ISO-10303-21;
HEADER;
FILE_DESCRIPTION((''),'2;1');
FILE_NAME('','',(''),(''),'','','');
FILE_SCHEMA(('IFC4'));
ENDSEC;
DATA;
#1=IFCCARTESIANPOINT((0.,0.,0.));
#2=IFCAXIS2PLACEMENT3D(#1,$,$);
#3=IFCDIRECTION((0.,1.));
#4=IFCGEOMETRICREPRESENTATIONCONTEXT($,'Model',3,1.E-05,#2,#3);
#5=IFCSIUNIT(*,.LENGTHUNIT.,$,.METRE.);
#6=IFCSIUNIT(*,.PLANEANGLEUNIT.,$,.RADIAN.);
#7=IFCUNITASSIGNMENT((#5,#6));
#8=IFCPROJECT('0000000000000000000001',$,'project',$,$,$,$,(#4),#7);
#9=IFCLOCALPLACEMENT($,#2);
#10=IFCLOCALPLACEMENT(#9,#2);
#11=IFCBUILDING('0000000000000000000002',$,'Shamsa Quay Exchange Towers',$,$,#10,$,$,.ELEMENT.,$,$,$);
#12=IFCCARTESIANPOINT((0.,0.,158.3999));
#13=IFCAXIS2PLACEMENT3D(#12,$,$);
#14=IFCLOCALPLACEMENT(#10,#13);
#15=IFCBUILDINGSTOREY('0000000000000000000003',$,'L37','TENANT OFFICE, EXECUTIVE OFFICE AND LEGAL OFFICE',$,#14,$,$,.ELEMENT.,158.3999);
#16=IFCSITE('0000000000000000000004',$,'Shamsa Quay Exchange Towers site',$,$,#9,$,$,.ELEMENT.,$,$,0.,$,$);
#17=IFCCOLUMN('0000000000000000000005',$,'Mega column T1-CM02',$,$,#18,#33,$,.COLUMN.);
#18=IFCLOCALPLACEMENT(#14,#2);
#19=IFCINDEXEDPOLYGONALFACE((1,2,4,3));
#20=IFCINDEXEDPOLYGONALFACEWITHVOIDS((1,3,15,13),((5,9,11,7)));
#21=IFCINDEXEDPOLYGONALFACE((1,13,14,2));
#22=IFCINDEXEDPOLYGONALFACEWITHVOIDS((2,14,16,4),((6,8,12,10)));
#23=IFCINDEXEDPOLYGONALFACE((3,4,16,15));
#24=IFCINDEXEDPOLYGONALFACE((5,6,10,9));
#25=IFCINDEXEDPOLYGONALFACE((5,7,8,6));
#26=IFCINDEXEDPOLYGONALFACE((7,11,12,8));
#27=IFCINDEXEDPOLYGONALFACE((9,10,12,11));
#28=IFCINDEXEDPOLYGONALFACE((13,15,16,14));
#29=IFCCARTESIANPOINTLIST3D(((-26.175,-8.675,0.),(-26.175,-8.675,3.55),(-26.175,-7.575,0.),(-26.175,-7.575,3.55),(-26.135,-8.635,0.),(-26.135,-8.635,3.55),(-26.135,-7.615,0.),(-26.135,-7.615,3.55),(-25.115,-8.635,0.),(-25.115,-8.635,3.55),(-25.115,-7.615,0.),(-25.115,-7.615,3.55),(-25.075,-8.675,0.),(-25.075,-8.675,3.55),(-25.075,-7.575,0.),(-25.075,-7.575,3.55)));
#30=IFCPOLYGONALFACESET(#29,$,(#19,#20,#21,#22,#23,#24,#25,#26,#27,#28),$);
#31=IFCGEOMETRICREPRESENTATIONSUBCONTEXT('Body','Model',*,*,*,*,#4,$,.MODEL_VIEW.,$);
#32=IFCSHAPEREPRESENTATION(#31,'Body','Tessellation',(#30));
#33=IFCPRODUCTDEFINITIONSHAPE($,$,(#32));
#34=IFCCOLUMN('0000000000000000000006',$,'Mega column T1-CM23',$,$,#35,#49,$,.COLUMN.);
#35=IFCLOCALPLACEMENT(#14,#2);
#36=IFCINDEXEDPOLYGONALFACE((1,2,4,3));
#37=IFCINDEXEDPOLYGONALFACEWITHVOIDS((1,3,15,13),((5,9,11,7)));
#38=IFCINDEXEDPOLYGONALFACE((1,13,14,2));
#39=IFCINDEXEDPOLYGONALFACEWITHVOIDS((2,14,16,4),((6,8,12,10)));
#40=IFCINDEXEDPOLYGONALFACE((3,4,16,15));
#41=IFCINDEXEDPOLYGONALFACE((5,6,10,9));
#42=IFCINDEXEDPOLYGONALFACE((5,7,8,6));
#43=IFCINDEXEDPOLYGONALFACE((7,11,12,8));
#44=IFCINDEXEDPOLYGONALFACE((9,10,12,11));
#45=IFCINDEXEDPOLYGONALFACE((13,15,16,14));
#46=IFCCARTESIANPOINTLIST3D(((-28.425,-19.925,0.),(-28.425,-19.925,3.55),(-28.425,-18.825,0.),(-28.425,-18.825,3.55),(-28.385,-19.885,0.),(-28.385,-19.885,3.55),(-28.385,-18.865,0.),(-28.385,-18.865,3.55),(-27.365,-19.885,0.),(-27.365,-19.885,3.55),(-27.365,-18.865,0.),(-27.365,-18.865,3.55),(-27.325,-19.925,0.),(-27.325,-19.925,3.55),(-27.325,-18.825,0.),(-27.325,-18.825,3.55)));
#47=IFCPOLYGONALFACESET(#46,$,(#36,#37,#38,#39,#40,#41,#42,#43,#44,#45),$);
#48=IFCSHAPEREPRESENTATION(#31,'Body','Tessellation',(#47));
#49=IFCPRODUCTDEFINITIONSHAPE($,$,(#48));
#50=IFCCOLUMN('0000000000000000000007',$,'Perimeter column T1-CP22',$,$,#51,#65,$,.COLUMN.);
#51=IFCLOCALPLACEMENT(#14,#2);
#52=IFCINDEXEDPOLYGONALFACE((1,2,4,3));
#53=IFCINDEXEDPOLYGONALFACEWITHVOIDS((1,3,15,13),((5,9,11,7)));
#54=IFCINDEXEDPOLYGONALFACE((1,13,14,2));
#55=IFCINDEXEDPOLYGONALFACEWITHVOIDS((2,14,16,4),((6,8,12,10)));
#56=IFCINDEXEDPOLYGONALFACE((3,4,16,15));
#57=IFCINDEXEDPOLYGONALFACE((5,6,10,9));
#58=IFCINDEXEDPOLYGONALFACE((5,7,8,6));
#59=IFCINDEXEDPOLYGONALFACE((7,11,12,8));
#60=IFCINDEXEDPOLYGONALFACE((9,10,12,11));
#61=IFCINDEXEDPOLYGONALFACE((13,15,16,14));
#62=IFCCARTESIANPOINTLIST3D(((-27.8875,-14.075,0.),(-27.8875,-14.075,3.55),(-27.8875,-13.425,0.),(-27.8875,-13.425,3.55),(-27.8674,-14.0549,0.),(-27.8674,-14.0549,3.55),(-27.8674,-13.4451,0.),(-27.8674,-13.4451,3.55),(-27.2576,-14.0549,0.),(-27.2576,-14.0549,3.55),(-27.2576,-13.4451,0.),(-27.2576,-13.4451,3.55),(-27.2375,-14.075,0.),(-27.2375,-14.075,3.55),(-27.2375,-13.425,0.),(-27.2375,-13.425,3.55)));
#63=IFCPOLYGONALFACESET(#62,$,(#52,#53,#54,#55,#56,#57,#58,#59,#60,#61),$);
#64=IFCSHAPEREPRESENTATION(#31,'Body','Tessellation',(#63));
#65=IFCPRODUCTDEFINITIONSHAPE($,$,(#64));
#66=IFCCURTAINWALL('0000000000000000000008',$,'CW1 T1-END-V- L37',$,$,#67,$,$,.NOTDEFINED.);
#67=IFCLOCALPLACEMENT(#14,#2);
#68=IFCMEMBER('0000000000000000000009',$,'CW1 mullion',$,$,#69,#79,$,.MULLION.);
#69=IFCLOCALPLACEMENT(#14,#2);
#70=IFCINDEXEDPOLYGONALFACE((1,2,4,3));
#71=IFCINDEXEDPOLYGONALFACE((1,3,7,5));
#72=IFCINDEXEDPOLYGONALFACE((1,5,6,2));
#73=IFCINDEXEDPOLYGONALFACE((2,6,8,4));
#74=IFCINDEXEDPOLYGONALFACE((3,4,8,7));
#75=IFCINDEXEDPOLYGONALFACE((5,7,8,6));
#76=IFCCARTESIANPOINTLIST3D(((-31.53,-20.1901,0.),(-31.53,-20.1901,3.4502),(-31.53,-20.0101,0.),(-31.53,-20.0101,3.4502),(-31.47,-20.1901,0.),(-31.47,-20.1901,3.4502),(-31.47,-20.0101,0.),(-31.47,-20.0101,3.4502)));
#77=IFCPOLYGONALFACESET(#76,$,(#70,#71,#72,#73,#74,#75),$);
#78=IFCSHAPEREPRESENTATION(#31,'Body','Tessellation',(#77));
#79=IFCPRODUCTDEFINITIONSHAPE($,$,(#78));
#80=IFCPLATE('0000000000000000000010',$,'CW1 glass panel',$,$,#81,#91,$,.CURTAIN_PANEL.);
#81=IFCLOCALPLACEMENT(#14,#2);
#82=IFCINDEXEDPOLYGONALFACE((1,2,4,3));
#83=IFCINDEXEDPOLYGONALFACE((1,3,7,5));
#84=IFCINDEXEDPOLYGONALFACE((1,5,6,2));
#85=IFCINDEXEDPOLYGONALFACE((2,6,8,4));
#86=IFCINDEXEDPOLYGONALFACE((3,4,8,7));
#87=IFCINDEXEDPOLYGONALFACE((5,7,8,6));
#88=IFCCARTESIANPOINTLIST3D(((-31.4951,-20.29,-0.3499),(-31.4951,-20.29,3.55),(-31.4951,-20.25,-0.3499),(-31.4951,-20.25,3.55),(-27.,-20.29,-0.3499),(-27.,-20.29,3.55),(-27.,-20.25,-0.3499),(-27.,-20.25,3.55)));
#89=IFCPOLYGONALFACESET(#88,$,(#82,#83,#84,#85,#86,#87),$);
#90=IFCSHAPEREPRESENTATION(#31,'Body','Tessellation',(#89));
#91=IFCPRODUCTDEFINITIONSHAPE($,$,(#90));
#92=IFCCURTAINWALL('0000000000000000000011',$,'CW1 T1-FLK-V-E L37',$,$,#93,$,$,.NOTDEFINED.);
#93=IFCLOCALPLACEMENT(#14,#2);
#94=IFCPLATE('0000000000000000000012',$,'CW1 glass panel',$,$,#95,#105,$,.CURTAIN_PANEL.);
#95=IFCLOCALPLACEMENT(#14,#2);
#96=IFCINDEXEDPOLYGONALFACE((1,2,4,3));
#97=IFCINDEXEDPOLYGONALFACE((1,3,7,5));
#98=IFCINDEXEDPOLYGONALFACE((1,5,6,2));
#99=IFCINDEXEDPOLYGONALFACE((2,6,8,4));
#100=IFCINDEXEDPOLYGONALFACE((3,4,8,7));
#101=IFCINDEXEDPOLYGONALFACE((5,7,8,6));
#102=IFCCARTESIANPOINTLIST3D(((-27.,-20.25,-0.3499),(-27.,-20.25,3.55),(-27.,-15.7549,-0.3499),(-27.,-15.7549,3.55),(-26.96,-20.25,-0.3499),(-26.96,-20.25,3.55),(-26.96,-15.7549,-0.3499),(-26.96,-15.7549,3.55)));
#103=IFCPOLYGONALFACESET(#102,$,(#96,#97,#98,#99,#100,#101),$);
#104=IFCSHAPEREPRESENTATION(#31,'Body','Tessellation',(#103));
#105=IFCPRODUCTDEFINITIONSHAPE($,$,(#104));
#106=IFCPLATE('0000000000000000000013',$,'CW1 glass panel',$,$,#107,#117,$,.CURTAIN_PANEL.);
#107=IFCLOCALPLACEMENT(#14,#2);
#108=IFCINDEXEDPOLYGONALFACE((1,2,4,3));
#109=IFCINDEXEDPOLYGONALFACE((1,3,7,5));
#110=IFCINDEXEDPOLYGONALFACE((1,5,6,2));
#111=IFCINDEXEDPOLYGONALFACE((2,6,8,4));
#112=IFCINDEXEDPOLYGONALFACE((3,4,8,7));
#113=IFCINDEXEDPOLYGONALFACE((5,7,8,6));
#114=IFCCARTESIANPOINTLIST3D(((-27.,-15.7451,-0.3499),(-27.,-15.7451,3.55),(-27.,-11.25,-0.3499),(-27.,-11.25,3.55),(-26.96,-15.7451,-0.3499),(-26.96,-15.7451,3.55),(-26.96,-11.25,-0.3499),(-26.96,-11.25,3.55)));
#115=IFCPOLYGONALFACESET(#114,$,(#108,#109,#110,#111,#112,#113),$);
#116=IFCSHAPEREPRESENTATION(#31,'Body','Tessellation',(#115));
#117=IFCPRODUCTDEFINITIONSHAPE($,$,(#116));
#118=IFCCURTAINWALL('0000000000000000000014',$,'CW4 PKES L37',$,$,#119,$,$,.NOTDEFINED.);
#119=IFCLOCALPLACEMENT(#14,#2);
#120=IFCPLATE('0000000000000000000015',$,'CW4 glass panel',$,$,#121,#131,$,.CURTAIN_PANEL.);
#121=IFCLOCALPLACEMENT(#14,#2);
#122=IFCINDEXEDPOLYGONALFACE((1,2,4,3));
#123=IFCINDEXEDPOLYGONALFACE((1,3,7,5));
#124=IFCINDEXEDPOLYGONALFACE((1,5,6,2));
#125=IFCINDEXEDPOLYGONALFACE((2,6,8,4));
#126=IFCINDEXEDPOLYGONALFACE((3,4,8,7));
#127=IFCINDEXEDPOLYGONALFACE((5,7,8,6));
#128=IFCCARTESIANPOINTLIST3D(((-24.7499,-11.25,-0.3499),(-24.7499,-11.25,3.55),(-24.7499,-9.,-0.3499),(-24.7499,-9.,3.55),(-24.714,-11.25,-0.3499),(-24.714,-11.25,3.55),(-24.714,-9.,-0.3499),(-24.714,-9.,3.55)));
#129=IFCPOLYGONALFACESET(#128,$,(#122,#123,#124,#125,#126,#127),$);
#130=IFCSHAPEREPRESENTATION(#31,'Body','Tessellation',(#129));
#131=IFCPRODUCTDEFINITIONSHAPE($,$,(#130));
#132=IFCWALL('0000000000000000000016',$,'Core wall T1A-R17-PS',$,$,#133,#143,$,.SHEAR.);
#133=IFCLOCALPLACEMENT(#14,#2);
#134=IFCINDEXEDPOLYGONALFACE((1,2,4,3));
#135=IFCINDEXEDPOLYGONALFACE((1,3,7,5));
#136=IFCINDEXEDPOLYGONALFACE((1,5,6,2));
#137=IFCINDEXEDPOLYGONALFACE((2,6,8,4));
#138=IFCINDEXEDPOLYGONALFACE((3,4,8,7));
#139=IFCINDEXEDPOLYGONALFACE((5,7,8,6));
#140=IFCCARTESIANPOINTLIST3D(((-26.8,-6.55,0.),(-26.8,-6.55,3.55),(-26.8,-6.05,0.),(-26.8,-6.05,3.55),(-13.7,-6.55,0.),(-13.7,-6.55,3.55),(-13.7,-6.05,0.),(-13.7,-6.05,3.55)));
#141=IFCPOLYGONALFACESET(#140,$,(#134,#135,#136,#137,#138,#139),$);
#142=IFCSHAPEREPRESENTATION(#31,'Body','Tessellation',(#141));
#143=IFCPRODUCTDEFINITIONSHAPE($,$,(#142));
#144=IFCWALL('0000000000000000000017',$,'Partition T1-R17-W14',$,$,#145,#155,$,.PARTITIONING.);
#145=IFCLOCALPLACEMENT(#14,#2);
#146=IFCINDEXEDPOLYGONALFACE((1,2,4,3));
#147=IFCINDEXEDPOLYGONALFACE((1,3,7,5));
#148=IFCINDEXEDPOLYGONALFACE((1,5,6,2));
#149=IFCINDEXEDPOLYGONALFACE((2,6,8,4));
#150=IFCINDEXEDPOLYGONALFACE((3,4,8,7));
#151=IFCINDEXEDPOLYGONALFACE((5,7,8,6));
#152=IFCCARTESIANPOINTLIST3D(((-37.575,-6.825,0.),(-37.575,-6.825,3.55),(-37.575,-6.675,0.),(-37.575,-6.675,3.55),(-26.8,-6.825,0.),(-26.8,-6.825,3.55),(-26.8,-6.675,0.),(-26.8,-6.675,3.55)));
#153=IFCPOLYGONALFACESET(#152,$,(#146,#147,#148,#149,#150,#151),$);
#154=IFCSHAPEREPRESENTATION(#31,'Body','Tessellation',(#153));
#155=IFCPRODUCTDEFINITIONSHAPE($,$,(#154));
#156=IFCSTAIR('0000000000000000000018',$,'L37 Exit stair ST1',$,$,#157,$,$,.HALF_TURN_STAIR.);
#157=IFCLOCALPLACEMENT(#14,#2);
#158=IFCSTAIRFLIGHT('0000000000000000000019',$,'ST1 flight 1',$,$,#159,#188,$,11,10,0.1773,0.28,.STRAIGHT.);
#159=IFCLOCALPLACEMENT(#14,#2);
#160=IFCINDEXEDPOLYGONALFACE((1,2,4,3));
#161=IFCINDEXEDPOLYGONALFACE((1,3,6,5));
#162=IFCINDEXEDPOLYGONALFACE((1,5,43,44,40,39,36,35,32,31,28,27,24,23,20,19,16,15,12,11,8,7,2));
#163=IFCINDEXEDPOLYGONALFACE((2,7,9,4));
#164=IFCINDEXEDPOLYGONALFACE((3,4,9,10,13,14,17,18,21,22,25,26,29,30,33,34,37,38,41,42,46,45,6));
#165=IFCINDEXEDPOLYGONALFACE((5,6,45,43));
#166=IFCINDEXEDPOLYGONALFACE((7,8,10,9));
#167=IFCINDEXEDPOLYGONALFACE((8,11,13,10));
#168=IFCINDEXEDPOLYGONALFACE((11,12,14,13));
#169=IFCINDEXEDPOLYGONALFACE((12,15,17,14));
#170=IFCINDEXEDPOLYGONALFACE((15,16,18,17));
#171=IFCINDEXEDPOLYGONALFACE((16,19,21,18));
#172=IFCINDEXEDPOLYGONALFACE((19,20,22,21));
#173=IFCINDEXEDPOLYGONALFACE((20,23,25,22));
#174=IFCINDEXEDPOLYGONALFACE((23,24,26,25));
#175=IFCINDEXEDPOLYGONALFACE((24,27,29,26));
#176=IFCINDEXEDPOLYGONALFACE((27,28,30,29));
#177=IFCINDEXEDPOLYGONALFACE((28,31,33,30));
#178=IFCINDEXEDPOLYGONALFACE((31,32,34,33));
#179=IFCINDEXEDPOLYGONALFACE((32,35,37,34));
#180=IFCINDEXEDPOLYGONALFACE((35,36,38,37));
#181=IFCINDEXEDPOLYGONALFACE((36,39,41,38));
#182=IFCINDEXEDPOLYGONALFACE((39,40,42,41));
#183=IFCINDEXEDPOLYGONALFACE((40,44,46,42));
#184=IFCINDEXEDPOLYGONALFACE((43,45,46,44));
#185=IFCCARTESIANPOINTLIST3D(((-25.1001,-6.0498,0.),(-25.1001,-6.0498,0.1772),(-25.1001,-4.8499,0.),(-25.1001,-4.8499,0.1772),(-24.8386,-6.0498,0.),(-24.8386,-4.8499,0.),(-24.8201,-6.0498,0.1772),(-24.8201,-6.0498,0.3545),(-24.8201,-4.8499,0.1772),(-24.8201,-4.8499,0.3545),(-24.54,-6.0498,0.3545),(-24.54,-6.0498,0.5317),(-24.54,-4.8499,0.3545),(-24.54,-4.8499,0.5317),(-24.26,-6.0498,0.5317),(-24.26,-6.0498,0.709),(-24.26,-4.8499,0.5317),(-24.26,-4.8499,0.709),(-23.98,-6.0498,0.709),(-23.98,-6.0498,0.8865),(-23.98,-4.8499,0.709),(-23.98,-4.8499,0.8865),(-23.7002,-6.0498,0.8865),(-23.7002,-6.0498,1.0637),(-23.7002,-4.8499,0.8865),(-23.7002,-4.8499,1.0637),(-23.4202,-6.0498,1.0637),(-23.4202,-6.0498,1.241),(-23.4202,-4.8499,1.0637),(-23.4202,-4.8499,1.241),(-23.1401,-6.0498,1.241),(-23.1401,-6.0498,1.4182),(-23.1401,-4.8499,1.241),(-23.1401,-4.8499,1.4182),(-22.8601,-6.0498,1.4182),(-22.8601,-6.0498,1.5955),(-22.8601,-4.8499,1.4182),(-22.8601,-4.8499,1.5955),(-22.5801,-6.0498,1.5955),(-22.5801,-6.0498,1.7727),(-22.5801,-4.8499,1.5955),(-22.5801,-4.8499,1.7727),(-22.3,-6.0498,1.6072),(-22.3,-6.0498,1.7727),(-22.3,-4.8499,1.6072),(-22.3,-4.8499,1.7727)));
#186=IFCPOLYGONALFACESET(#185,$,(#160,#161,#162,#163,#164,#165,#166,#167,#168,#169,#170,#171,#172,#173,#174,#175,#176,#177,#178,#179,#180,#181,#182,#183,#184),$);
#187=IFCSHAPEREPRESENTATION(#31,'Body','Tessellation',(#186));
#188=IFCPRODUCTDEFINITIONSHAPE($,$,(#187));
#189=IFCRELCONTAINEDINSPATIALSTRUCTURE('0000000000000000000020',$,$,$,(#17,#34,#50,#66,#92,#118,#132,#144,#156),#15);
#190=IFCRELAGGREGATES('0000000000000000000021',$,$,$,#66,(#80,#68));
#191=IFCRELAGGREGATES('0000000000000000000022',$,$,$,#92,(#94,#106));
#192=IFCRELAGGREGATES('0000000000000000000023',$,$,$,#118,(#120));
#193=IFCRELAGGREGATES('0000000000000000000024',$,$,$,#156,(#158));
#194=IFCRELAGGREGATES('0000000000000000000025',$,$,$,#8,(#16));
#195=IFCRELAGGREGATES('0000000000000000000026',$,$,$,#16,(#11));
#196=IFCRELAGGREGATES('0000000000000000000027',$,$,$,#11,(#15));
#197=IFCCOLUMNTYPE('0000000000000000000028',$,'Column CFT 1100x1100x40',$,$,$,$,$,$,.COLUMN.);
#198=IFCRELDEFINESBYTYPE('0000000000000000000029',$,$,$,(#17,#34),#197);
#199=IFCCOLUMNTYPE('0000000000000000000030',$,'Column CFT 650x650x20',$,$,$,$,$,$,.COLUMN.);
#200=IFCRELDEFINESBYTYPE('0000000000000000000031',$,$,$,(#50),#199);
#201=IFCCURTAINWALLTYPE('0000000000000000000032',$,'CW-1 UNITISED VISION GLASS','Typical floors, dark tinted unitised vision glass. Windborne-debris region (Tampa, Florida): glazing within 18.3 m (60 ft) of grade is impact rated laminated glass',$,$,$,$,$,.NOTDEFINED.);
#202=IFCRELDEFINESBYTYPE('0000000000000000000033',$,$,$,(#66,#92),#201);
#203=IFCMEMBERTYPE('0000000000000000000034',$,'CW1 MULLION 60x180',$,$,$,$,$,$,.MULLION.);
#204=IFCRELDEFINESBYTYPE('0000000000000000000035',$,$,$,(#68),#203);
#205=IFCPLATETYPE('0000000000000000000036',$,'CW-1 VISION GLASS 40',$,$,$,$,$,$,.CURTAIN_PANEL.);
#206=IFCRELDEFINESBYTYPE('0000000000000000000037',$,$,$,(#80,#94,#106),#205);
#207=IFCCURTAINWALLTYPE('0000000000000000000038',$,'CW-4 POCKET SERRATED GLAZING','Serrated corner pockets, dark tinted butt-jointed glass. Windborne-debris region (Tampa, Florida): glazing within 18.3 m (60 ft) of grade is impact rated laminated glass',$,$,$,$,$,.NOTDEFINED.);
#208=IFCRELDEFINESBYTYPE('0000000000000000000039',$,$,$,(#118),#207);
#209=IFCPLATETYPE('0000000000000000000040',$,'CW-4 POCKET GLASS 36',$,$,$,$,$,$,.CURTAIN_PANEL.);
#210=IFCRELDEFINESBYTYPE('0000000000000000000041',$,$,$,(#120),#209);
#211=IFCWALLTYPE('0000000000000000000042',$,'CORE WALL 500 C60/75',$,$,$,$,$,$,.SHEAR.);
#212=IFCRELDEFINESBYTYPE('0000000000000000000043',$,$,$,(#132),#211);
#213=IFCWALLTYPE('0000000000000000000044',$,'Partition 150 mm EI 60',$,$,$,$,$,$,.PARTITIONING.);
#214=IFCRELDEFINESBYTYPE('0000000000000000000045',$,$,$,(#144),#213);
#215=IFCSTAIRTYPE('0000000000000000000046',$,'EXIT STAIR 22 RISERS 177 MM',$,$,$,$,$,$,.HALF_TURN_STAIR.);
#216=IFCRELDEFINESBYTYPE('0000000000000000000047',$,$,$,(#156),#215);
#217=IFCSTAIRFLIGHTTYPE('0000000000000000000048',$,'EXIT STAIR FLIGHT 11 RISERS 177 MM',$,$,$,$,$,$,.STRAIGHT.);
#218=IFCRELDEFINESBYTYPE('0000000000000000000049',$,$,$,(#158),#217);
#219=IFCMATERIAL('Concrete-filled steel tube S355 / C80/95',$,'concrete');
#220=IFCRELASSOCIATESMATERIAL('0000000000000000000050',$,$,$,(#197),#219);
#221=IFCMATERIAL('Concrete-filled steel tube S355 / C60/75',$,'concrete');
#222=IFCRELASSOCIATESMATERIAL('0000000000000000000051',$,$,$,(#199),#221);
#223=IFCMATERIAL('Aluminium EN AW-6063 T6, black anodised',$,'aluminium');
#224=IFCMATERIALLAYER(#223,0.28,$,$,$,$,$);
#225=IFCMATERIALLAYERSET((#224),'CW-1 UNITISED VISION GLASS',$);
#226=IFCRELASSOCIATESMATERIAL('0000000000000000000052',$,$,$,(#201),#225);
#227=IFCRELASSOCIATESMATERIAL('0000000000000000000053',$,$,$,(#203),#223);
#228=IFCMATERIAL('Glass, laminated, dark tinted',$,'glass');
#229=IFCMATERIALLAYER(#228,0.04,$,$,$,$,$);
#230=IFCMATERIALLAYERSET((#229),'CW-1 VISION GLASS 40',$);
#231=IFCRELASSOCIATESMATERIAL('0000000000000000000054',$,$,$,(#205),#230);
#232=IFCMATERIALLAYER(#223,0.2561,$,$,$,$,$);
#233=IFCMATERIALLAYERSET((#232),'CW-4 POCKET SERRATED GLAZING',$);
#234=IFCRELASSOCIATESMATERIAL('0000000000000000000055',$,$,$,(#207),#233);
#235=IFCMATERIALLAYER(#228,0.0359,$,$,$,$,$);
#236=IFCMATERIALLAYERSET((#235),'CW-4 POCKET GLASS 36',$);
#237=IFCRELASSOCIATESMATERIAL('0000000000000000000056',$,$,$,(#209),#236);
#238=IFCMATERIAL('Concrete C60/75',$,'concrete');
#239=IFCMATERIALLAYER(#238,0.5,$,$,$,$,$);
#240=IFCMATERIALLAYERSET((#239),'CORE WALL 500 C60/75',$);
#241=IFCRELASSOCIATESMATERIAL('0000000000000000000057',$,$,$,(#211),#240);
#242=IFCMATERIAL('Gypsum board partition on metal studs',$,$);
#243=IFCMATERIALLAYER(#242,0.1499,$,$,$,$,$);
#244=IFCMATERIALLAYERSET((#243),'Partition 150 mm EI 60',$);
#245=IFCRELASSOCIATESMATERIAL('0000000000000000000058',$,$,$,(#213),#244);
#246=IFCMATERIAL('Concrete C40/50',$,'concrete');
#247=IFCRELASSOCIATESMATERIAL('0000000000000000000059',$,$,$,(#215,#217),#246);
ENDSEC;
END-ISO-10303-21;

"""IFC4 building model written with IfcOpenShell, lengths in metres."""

from ifc_helpers import new_model, si_unit, direction, frame, frame_2d, origin, origin_2d, place, context, subcontext, project, spatial, polyline, rectangle, hollow_rectangle, outline, extrude, material, layer, layer_set, material_profile, profile_set, type_object, element, aggregate, save


model = new_model("IFC4")

# Units and contexts
model_context = context("Model", 3, precision=1e-05, world=origin(), true_north=direction((0.0, 1.0)))
body_context = subcontext(model_context, "Body", "Model", "MODEL_VIEW")
ifc_project = project(units=[si_unit("LENGTHUNIT", "METRE"), si_unit("PLANEANGLEUNIT", "RADIAN")], contexts=[model_context])

# Site, building, storey
site_placement = place(None, origin())
site = spatial("IfcSite", under=ifc_project, at=site_placement, Name="Shamsa Quay Exchange Towers site", CompositionType="ELEMENT", RefElevation=0.0)
building_placement = place(site_placement, origin())
building = spatial("IfcBuilding", under=site, at=building_placement, Name="Shamsa Quay Exchange Towers", CompositionType="ELEMENT")
storey_placement = place(building_placement, frame((0.0, 0.0, 158.3999)))
storey = spatial("IfcBuildingStorey", under=building, at=storey_placement, Name="L37", Description="TENANT OFFICE, EXECUTIVE OFFICE AND LEGAL OFFICE", CompositionType="ELEMENT", Elevation=158.3999)

# Columns
ifc_material_1 = material(Name="Concrete-filled steel tube S355 / C80/95", Category="concrete")
ifc_material_profile_1 = material_profile(ifc_material_1, hollow_rectangle(XDim=1.1001, YDim=1.1001, WallThickness=0.04, at=origin_2d()), Name="CFT 1100x1100x40")
ifc_profile_set_1 = profile_set([ifc_material_profile_1], Name="Concrete-filled steel tube S355 / C80/95")
column_type_1 = type_object("IfcColumnType", Name="Column CFT 1100x1100x40", PredefinedType="COLUMN", material=ifc_profile_set_1)
for number, where, name in (
    (1, (-25.625, -8.125, 0.0), "Mega column T1-CM02"),
    (2, (-27.875, -19.375, 0.0), "Mega column T1-CM23"),
):
    element("IfcColumn", number, at=place(storey_placement, frame(where)), inside=storey, type_object=column_type_1, Name=name, PredefinedType="COLUMN", context=body_context, shape_type="SweptSolid", body=[
        extrude(hollow_rectangle(XDim=1.1001, YDim=1.1001, WallThickness=0.04, at=origin_2d()), origin(), (0.0, 0.0, 1.0), 3.55),
    ])
ifc_material_2 = material(Name="Concrete-filled steel tube S355 / C60/75", Category="concrete")
ifc_material_profile_2 = material_profile(ifc_material_2, hollow_rectangle(XDim=0.6499, YDim=0.6499, WallThickness=0.02, at=origin_2d()), Name="CFT 650x650x20")
ifc_profile_set_2 = profile_set([ifc_material_profile_2], Name="Concrete-filled steel tube S355 / C60/75")
column_type_2 = type_object("IfcColumnType", Name="Column CFT 650x650x20", PredefinedType="COLUMN", material=ifc_profile_set_2)
column_placement = place(storey_placement, frame((-27.5625, -13.75, 0.0)))
element("IfcColumn", 3, at=column_placement, inside=storey, type_object=column_type_2, Name="Perimeter column T1-CP22", PredefinedType="COLUMN", context=body_context, shape_type="SweptSolid", body=[
    extrude(hollow_rectangle(XDim=0.6499, YDim=0.6499, WallThickness=0.02, at=origin_2d()), origin(), (0.0, 0.0, 1.0), 3.55),
])

# Curtain wall, member, plate
ifc_material_3 = material(Name="Aluminium EN AW-6063 T6, black anodised", Category="aluminium")
ifc_layer_1 = layer(ifc_material_3, 0.28)
ifc_layer_set_1 = layer_set([ifc_layer_1], Name="CW-1 UNITISED VISION GLASS")
curtain_wall_type_1 = type_object("IfcCurtainWallType", Name="CW-1 UNITISED VISION GLASS", Description="Typical floors, dark tinted unitised vision glass. Windborne-debris region (Tampa, Florida): glazing within 18.3 m (60 ft) of grade is impact rated laminated glass", PredefinedType="NOTDEFINED", material=ifc_layer_set_1)
curtain_wall_1_placement = place(storey_placement, origin())
curtain_wall_1 = element("IfcCurtainWall", 4, at=curtain_wall_1_placement, inside=storey, type_object=curtain_wall_type_1, Name="CW1 T1-END-V- L37", PredefinedType="NOTDEFINED")
ifc_material_profile_3 = material_profile(ifc_material_3, rectangle(XDim=0.1799, YDim=0.0601, at=origin_2d()), Name="MU60x180")
ifc_profile_set_3 = profile_set([ifc_material_profile_3], Name="Aluminium EN AW-6063 T6, black anodised")
member_type = type_object("IfcMemberType", Name="CW1 MULLION 60x180", PredefinedType="MULLION", material=ifc_profile_set_3)
member_placement = place(storey_placement, frame((-31.5, -20.1001, 0.0), z_axis=(0.0, 0.0, 1.0), x_axis=(0.0, 1.0, 0.0)))
member = element("IfcMember", 5, at=member_placement, type_object=member_type, Name="CW1 mullion", PredefinedType="MULLION", context=body_context, shape_type="SweptSolid", body=[
    extrude(rectangle(XDim=0.1799, YDim=0.0601, at=origin_2d()), origin(), (0.0, 0.0, 1.0), 3.4502),
])
ifc_material_4 = material(Name="Glass, laminated, dark tinted", Category="glass")
ifc_layer_2 = layer(ifc_material_4, 0.04)
ifc_layer_set_2 = layer_set([ifc_layer_2], Name="CW-1 VISION GLASS 40")
plate_type_1 = type_object("IfcPlateType", Name="CW-1 VISION GLASS 40", PredefinedType="CURTAIN_PANEL", material=ifc_layer_set_2)
plate_1_placement = place(storey_placement, frame((-29.2476, -20.27, -0.3499)))
plate_1 = element("IfcPlate", 6, at=plate_1_placement, type_object=plate_type_1, Name="CW1 glass panel", PredefinedType="CURTAIN_PANEL", context=body_context, shape_type="SweptSolid", body=[
    extrude(rectangle(XDim=4.4951, YDim=0.04, at=origin_2d()), origin(), (0.0, 0.0, 1.0), 3.8999),
])
aggregate(curtain_wall_1, [plate_1, member])

# Curtain wall, plates
curtain_wall_2_placement = place(storey_placement, origin())
curtain_wall_2 = element("IfcCurtainWall", 7, at=curtain_wall_2_placement, inside=storey, type_object=curtain_wall_type_1, Name="CW1 T1-FLK-V-E L37", PredefinedType="NOTDEFINED")
plate_2_placement = place(storey_placement, frame((-26.98, -18.0024, -0.3499), z_axis=(0.0, 0.0, 1.0), x_axis=(0.0, 1.0, 0.0)))
plate_2 = element("IfcPlate", 8, at=plate_2_placement, type_object=plate_type_1, Name="CW1 glass panel", PredefinedType="CURTAIN_PANEL", context=body_context, shape_type="SweptSolid", body=[
    extrude(rectangle(XDim=4.4951, YDim=0.04, at=origin_2d()), origin(), (0.0, 0.0, 1.0), 3.8999),
])
plate_3_placement = place(storey_placement, frame((-26.98, -13.4976, -0.3499), z_axis=(0.0, 0.0, 1.0), x_axis=(0.0, 1.0, 0.0)))
plate_3 = element("IfcPlate", 9, at=plate_3_placement, type_object=plate_type_1, Name="CW1 glass panel", PredefinedType="CURTAIN_PANEL", context=body_context, shape_type="SweptSolid", body=[
    extrude(rectangle(XDim=4.4951, YDim=0.04, at=origin_2d()), origin(), (0.0, 0.0, 1.0), 3.8999),
])
aggregate(curtain_wall_2, [plate_2, plate_3])

# Curtain wall, plate
ifc_layer_3 = layer(ifc_material_3, 0.2561)
ifc_layer_set_3 = layer_set([ifc_layer_3], Name="CW-4 POCKET SERRATED GLAZING")
curtain_wall_type_2 = type_object("IfcCurtainWallType", Name="CW-4 POCKET SERRATED GLAZING", Description="Serrated corner pockets, dark tinted butt-jointed glass. Windborne-debris region (Tampa, Florida): glazing within 18.3 m (60 ft) of grade is impact rated laminated glass", PredefinedType="NOTDEFINED", material=ifc_layer_set_3)
curtain_wall_3_placement = place(storey_placement, origin())
curtain_wall_3 = element("IfcCurtainWall", 10, at=curtain_wall_3_placement, inside=storey, type_object=curtain_wall_type_2, Name="CW4 PKES L37", PredefinedType="NOTDEFINED")
ifc_layer_4 = layer(ifc_material_4, 0.0359)
ifc_layer_set_4 = layer_set([ifc_layer_4], Name="CW-4 POCKET GLASS 36")
plate_type_2 = type_object("IfcPlateType", Name="CW-4 POCKET GLASS 36", PredefinedType="CURTAIN_PANEL", material=ifc_layer_set_4)
plate_4_placement = place(storey_placement, frame((-24.7319, -10.125, -0.3499), z_axis=(0.0, 0.0, 1.0), x_axis=(0.0, 1.0, 0.0)))
plate_4 = element("IfcPlate", 11, at=plate_4_placement, type_object=plate_type_2, Name="CW4 glass panel", PredefinedType="CURTAIN_PANEL", context=body_context, shape_type="SweptSolid", body=[
    extrude(rectangle(XDim=2.25, YDim=0.0359, at=origin_2d()), origin(), (0.0, 0.0, 1.0), 3.8999),
])
aggregate(curtain_wall_3, [plate_4])

# Walls
ifc_material_5 = material(Name="Concrete C60/75", Category="concrete")
ifc_layer_5 = layer(ifc_material_5, 0.5)
ifc_layer_set_5 = layer_set([ifc_layer_5], Name="CORE WALL 500 C60/75")
wall_type_1 = type_object("IfcWallType", Name="CORE WALL 500 C60/75", PredefinedType="SHEAR", material=ifc_layer_set_5)
wall_1_placement = place(storey_placement, frame((-26.8, -6.3, 0.0)))
element("IfcWall", 12, at=wall_1_placement, inside=storey, type_object=wall_type_1, Name="Core wall T1A-R17-PS", PredefinedType="SHEAR", context=body_context, shape_type="SweptSolid", body=[
    extrude(rectangle(XDim=13.1001, YDim=0.5, at=frame_2d((6.55, 0.0))), origin(), (0.0, 0.0, 1.0), 3.55),
])
ifc_material_6 = material(Name="Gypsum board partition on metal studs")
ifc_layer_6 = layer(ifc_material_6, 0.1499)
ifc_layer_set_6 = layer_set([ifc_layer_6], Name="Partition 150 mm EI 60")
wall_type_2 = type_object("IfcWallType", Name="Partition 150 mm EI 60", PredefinedType="PARTITIONING", material=ifc_layer_set_6)
wall_2_placement = place(storey_placement, frame((-26.8, -6.75, 0.0), z_axis=(0.0, 0.0, 1.0), x_axis=(-1.0, 0.0, 0.0)))
element("IfcWall", 13, at=wall_2_placement, inside=storey, type_object=wall_type_2, Name="Partition T1-R17-W14", PredefinedType="PARTITIONING", context=body_context, shape_type="SweptSolid", body=[
    extrude(rectangle(XDim=10.7749, YDim=0.1499, at=frame_2d((5.3875, 0.0))), origin(), (0.0, 0.0, 1.0), 3.55),
])

# Stair, stair flight
ifc_material_7 = material(Name="Concrete C40/50", Category="concrete")
stair_type = type_object("IfcStairType", Name="EXIT STAIR 22 RISERS 177 MM", PredefinedType="HALF_TURN_STAIR", material=ifc_material_7)
stair_placement = place(storey_placement, origin())
stair = element("IfcStair", 14, at=stair_placement, inside=storey, type_object=stair_type, Name="L37 Exit stair ST1", PredefinedType="HALF_TURN_STAIR")
stair_flight_type = type_object("IfcStairFlightType", Name="EXIT STAIR FLIGHT 11 RISERS 177 MM", PredefinedType="STRAIGHT", material=ifc_material_7)
stair_flight_placement = place(storey_placement, frame((-25.1001, -5.45, 0.0)))
stair_flight = element("IfcStairFlight", 15, at=stair_flight_placement, type_object=stair_flight_type, Name="ST1 flight 1", NumberOfRisers=11, NumberOfTreads=10, PredefinedType="STRAIGHT", RiserHeight=0.1773, TreadLength=0.28, context=body_context, shape_type="SweptSolid", body=[
    extrude(outline(polyline([(0.0, 0.0), (0.0, 0.1772), (0.28, 0.1772), (0.28, 0.3545), (0.5601, 0.3545), (0.5601, 0.5317), (0.8401, 0.5317), (0.8401, 0.709), (1.1201, 0.709), (1.1201, 0.8865), (1.3999, 0.8865), (1.3999, 1.0637), (1.6799, 1.0637), (1.6799, 1.241), (1.96, 1.241), (1.96, 1.4182), (2.24, 1.4182), (2.24, 1.5955), (2.52, 1.5955), (2.52, 1.7727), (2.8, 1.7727), (2.8, 1.95), (2.8, 1.6072), (0.2615, 0.0), (0.0, 0.0)])), frame((0.0, 0.6001, 0.0), z_axis=(0.0, -1.0, 0.0), x_axis=(1.0, 0.0, 0.0)), (0.0, 0.0, 1.0), 1.2),
])
aggregate(stair, [stair_flight])

save(model, "model.ifc")
